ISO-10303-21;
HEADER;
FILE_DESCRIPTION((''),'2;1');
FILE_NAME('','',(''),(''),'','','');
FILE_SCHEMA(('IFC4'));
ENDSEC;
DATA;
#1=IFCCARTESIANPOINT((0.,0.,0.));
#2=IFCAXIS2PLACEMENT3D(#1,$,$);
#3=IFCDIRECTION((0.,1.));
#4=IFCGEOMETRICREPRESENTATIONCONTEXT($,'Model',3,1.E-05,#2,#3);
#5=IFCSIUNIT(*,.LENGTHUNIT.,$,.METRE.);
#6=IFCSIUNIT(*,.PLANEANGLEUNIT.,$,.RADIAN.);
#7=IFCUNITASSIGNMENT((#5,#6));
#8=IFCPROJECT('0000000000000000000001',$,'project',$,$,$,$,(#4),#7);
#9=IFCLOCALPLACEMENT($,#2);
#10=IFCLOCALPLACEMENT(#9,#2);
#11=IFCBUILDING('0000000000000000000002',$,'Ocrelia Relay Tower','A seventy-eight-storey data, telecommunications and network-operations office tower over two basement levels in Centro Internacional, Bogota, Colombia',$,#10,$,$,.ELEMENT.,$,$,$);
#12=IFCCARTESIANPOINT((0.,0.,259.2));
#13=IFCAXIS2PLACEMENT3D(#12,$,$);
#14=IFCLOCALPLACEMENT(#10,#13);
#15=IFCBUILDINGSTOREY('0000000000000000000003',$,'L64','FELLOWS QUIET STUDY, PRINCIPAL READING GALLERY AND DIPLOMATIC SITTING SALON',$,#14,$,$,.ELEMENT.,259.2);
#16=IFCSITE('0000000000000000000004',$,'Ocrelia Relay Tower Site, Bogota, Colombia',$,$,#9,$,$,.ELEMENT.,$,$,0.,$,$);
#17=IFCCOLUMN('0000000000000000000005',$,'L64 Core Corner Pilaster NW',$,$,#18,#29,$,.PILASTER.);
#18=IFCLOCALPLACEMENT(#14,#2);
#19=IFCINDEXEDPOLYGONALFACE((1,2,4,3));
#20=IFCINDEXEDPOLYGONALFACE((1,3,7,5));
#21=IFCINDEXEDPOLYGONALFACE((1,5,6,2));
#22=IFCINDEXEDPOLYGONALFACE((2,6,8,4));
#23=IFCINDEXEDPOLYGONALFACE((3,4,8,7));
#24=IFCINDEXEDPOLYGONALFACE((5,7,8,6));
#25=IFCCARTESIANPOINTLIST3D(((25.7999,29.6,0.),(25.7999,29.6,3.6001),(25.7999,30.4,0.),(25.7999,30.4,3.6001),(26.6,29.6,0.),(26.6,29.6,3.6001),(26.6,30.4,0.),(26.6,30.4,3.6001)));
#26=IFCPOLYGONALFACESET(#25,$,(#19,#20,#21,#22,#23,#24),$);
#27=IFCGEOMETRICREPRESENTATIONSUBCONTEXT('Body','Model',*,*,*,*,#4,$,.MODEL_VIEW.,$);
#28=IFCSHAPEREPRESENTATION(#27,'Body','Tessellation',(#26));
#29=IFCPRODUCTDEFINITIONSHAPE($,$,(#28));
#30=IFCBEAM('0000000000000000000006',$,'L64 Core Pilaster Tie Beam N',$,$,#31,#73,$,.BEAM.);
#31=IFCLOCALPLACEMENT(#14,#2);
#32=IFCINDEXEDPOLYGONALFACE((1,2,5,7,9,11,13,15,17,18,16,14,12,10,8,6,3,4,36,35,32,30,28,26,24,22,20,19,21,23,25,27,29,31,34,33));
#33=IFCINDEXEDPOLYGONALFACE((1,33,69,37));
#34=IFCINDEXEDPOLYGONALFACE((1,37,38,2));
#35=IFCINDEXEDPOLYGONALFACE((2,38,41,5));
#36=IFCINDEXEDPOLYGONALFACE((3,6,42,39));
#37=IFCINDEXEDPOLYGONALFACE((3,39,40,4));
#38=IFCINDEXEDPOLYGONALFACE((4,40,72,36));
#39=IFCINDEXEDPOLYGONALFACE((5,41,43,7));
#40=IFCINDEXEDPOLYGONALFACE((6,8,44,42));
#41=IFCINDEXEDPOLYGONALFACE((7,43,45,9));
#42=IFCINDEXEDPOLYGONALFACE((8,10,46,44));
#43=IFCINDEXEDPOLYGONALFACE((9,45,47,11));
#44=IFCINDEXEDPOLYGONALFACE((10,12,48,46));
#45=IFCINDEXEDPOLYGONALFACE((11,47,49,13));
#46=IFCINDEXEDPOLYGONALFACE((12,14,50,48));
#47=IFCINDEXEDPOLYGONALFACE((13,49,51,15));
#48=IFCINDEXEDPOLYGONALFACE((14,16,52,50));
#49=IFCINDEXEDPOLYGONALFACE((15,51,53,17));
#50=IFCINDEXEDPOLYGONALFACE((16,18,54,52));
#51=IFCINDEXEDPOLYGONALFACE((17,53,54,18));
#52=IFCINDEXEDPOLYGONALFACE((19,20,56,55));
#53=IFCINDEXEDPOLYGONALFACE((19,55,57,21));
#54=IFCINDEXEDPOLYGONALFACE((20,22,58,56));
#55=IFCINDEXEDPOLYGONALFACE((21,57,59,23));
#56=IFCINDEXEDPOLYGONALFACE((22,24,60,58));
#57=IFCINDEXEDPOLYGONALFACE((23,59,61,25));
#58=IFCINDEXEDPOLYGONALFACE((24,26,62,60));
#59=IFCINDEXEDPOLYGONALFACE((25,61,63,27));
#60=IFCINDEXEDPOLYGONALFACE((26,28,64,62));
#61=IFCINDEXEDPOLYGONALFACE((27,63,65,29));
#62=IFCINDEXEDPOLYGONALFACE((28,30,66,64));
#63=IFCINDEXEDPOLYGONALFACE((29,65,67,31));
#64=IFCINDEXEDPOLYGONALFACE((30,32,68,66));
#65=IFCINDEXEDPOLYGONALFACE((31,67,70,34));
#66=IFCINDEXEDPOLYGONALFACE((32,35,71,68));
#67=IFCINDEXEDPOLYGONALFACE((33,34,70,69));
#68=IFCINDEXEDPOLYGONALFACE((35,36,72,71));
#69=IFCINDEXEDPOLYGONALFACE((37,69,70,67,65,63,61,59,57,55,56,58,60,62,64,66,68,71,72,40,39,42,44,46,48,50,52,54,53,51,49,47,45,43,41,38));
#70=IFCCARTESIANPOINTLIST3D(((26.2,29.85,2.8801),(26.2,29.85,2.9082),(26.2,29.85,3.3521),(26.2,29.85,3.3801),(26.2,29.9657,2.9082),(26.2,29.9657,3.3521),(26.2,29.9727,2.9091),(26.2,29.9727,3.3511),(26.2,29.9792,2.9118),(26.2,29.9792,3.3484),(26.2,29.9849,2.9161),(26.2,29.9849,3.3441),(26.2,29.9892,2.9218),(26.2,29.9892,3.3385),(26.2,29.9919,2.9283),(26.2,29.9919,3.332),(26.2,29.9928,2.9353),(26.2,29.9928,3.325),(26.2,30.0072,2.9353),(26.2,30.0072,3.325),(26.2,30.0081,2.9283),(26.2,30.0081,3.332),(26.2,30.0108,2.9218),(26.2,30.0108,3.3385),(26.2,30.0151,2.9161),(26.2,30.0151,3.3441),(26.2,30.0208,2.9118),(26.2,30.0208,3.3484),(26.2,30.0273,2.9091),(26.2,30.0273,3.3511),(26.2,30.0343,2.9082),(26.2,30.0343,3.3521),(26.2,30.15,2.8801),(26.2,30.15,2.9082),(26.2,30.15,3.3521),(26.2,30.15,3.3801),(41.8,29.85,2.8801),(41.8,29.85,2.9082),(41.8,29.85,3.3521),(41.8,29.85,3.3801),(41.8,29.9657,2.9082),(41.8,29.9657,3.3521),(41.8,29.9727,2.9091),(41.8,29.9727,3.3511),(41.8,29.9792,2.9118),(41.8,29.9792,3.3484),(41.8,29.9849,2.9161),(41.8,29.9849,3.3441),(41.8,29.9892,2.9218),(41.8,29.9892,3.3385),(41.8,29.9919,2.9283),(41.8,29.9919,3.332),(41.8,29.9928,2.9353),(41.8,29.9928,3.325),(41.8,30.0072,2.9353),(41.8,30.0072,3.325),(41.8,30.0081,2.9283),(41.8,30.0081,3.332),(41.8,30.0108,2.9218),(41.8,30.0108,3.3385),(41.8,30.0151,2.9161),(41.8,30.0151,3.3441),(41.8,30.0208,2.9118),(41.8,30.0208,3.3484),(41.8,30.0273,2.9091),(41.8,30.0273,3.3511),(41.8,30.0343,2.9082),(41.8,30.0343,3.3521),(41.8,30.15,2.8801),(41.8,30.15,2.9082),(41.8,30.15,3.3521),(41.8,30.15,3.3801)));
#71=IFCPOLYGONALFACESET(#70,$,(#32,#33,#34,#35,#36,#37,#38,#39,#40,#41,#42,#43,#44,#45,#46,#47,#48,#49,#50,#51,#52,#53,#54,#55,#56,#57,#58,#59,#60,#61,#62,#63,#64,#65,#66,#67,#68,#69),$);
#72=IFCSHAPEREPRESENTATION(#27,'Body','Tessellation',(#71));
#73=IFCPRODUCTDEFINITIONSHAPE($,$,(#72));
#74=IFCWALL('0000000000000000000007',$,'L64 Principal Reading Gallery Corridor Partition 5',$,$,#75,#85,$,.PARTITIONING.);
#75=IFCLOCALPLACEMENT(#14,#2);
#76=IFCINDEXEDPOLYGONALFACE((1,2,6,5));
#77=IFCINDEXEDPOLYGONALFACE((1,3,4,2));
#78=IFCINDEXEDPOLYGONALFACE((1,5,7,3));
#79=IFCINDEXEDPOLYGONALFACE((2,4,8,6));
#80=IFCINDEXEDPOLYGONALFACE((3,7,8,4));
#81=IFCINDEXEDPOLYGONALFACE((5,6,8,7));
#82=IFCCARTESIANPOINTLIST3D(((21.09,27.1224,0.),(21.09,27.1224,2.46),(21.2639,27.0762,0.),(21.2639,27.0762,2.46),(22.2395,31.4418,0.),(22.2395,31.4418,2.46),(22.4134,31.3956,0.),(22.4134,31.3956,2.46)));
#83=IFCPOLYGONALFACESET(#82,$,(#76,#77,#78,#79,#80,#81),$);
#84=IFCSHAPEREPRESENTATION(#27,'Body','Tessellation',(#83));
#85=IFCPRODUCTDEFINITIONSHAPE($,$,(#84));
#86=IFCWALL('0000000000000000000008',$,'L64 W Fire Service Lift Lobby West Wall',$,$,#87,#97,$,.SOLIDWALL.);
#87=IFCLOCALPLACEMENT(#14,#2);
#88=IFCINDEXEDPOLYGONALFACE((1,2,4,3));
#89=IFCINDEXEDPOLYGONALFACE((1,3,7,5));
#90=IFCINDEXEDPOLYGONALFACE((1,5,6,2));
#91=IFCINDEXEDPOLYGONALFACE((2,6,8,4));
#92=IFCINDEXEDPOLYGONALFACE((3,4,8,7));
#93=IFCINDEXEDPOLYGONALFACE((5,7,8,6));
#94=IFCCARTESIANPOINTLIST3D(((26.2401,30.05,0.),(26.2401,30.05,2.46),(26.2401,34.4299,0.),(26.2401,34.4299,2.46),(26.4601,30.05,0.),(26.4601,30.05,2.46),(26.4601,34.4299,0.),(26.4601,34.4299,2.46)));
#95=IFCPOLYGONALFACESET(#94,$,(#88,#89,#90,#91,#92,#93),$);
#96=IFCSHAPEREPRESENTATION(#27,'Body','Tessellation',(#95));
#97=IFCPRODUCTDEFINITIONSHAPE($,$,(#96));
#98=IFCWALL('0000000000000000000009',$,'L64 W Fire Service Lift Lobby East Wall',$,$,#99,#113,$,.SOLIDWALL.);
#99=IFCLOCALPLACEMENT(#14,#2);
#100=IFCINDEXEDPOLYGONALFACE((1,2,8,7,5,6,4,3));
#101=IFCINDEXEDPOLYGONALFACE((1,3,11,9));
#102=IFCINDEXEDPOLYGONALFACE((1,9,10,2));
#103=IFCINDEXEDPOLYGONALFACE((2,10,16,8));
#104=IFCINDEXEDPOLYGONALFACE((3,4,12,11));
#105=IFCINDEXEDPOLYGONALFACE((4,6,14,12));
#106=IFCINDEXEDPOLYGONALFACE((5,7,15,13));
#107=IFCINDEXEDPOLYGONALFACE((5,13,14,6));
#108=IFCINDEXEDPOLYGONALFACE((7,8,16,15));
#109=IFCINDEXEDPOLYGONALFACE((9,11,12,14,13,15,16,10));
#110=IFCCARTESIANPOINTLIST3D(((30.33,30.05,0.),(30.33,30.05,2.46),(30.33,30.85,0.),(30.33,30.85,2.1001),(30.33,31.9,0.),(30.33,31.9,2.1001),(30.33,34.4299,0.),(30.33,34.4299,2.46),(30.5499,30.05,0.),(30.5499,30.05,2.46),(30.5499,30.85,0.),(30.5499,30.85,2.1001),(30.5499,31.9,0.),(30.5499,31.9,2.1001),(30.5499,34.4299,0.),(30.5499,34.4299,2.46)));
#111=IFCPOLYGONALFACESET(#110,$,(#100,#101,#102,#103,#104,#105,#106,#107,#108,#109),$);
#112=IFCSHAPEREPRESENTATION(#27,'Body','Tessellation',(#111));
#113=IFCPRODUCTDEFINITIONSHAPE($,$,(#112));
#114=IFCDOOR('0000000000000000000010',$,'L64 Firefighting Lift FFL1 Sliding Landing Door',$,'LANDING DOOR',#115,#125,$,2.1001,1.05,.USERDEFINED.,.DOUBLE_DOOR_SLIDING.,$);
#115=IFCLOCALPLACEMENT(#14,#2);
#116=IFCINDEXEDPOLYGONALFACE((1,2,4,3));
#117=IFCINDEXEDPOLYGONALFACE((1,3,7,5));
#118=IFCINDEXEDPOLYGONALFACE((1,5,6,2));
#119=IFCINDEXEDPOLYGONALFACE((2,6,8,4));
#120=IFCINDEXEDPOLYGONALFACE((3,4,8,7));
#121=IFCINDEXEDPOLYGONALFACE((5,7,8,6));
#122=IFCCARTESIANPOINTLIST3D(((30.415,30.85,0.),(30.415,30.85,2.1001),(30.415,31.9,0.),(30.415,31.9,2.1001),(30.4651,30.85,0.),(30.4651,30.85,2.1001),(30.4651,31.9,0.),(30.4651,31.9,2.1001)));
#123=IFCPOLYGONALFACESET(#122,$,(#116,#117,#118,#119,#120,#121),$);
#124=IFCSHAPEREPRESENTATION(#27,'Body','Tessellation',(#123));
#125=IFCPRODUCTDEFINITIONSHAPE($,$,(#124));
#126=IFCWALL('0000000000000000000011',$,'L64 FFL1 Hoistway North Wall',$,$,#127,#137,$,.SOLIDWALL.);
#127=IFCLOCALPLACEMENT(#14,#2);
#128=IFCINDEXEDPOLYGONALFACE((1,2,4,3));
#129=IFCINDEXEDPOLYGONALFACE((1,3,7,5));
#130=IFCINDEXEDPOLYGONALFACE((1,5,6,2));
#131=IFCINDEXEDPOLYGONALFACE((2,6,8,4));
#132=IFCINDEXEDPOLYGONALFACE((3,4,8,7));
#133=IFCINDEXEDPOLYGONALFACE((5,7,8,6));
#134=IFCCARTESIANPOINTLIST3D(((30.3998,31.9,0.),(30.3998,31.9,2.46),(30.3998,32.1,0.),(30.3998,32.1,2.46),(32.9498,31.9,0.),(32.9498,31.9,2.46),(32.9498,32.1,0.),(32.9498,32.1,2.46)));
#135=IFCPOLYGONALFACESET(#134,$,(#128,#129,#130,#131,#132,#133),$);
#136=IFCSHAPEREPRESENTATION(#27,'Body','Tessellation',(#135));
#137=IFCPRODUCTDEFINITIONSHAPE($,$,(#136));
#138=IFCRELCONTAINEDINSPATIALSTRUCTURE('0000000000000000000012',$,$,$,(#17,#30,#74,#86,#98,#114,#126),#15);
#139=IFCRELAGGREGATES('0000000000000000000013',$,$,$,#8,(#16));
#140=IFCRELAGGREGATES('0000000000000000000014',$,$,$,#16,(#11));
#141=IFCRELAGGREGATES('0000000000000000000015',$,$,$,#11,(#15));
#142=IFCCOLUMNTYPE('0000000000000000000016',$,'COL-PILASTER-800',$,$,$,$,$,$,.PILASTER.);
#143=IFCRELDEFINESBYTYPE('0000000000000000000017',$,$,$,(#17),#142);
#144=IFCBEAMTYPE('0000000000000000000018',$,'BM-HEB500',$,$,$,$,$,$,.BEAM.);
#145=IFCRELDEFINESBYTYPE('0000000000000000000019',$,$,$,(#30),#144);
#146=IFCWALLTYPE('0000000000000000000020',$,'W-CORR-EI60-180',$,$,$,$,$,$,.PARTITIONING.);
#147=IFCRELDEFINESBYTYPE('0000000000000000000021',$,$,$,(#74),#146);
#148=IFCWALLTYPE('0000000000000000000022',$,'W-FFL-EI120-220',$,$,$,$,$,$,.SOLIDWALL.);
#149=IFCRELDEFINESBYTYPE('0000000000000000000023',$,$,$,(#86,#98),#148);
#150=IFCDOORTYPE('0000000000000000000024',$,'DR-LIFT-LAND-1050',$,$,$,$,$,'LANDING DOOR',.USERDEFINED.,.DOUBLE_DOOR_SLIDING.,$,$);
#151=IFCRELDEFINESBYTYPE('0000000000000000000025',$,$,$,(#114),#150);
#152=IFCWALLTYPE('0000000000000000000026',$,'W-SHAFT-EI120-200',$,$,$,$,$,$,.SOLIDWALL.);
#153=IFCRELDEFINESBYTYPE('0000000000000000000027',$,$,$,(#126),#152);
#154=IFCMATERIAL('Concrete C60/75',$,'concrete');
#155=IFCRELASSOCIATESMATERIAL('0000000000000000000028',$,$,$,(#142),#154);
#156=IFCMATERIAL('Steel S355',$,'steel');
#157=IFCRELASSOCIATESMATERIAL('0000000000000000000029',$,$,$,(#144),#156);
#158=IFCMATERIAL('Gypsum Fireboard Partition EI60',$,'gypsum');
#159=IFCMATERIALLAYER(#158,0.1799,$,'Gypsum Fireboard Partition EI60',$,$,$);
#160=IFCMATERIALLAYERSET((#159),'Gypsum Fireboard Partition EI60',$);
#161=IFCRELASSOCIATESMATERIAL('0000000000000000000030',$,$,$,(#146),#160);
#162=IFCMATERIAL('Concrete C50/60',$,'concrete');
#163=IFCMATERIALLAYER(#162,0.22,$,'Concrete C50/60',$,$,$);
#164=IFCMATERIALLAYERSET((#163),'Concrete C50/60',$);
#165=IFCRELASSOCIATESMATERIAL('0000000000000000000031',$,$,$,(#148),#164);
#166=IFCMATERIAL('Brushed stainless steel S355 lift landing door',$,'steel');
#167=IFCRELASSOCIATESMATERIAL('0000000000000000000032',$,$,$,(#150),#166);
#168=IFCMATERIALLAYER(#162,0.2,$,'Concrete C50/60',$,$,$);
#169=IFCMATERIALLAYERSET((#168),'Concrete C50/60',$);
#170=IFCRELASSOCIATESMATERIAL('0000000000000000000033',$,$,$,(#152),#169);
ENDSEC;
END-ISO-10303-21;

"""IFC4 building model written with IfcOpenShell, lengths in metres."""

from ifc_helpers import new_model, si_unit, direction, frame, frame_2d, origin, origin_2d, place, context, subcontext, project, spatial, rectangle, i_section, extrude, material, layer, layer_set, material_profile, profile_set, type_object, element, fill, save


model = new_model("IFC4")

# Units and contexts
model_context = context("Model", 3, precision=1e-05, world=origin(), true_north=direction((0.0, 1.0)))
body_context = subcontext(model_context, "Body", "Model", "MODEL_VIEW")
ifc_project = project(units=[si_unit("LENGTHUNIT", "METRE"), si_unit("PLANEANGLEUNIT", "RADIAN")], contexts=[model_context])

# Site, building, storey
site_placement = place(None, origin())
site = spatial("IfcSite", under=ifc_project, at=site_placement, Name="Ocrelia Relay Tower Site, Bogota, Colombia", CompositionType="ELEMENT", RefElevation=0.0)
building_placement = place(site_placement, origin())
building = spatial("IfcBuilding", under=site, at=building_placement, Name="Ocrelia Relay Tower", Description="A seventy-eight-storey data, telecommunications and network-operations office tower over two basement levels in Centro Internacional, Bogota, Colombia", CompositionType="ELEMENT")
storey_placement = place(building_placement, frame((0.0, 0.0, 259.2)))
storey = spatial("IfcBuildingStorey", under=building, at=storey_placement, Name="L64", Description="FELLOWS QUIET STUDY, PRINCIPAL READING GALLERY AND DIPLOMATIC SITTING SALON", CompositionType="ELEMENT", Elevation=259.2)

# Column
ifc_material_1 = material(Name="Concrete C60/75", Category="concrete")
ifc_material_profile_1 = material_profile(ifc_material_1, rectangle(XDim=0.8, YDim=0.8, at=origin_2d()), Name="RC-COL-800x800")
ifc_profile_set_1 = profile_set([ifc_material_profile_1], Name="Concrete C60/75")
column_type = type_object("IfcColumnType", Name="COL-PILASTER-800", PredefinedType="PILASTER", material=ifc_profile_set_1)
column_placement = place(storey_placement, frame((26.2, 30.0, 0.0), z_axis=(0.0, 0.0, 1.0), x_axis=(1.0, 0.0, 0.0)))
element("IfcColumn", 1, at=column_placement, inside=storey, type_object=column_type, Name="L64 Core Corner Pilaster NW", PredefinedType="PILASTER", context=body_context, shape_type="SweptSolid", body=[
    extrude(rectangle(XDim=0.8, YDim=0.8, at=origin_2d()), origin(), (0.0, 0.0, 1.0), 3.6001),
])

# Beam
ifc_material_2 = material(Name="Steel S355", Category="steel")
ifc_material_profile_2 = material_profile(ifc_material_2, i_section(OverallWidth=0.3, OverallDepth=0.5, WebThickness=0.0144, FlangeThickness=0.0281, FilletRadius=0.0271, at=origin_2d()), Name="HEB 500")
ifc_profile_set_2 = profile_set([ifc_material_profile_2], Name="Steel S355")
beam_type = type_object("IfcBeamType", Name="BM-HEB500", PredefinedType="BEAM", material=ifc_profile_set_2)
beam_placement = place(storey_placement, frame((26.2, 30.0, 3.1301), z_axis=(1.0, 0.0, 0.0), x_axis=(0.0, 1.0, 0.0)))
element("IfcBeam", 2, at=beam_placement, inside=storey, type_object=beam_type, Name="L64 Core Pilaster Tie Beam N", PredefinedType="BEAM", context=body_context, shape_type="SweptSolid", body=[
    extrude(i_section(OverallWidth=0.3, OverallDepth=0.5, WebThickness=0.0144, FlangeThickness=0.0281, FilletRadius=0.0271, at=origin_2d()), origin(), (0.0, 0.0, 1.0), 15.6001),
])

# Shared definitions
ifc_material_3 = material(Name="Concrete C50/60", Category="concrete")
ifc_material_4 = material(Name="Gypsum Fireboard Partition EI60", Category="gypsum")
ifc_layer_1 = layer(ifc_material_4, 0.1799, Name="Gypsum Fireboard Partition EI60")
ifc_layer_set_1 = layer_set([ifc_layer_1], Name="Gypsum Fireboard Partition EI60")
wall_type_1 = type_object("IfcWallType", Name="W-CORR-EI60-180", PredefinedType="PARTITIONING", material=ifc_layer_set_1)

# Wall
wall_1_placement = place(storey_placement, frame((22.3264, 31.4187, 0.0), z_axis=(0.0, 0.0, 1.0), x_axis=(-0.257159, -0.966369, 0.0)))
element("IfcWall", 3, at=wall_1_placement, inside=storey, type_object=wall_type_1, Name="L64 Principal Reading Gallery Corridor Partition 5", PredefinedType="PARTITIONING", context=body_context, shape_type="SweptSolid", body=[
    extrude(rectangle(XDim=4.4697, YDim=0.1799, at=frame_2d((2.2349, 0.0))), origin(), (0.0, 0.0, 1.0), 2.46),
])

# Wall
ifc_layer_2 = layer(ifc_material_3, 0.22, Name="Concrete C50/60")
ifc_layer_set_2 = layer_set([ifc_layer_2], Name="Concrete C50/60")
wall_type_2 = type_object("IfcWallType", Name="W-FFL-EI120-220", PredefinedType="SOLIDWALL", material=ifc_layer_set_2)
wall_2_placement = place(storey_placement, frame((26.3501, 30.05, 0.0), z_axis=(0.0, 0.0, 1.0), x_axis=(0.0, 1.0, 0.0)))
element("IfcWall", 4, at=wall_2_placement, inside=storey, type_object=wall_type_2, Name="L64 W Fire Service Lift Lobby West Wall", PredefinedType="SOLIDWALL", context=body_context, shape_type="SweptSolid", body=[
    extrude(rectangle(XDim=4.3799, YDim=0.22, at=frame_2d((2.1899, 0.0))), origin(), (0.0, 0.0, 1.0), 2.46),
])

# Wall, opening, door
wall_3_placement = place(storey_placement, frame((30.4399, 30.05, 0.0), z_axis=(0.0, 0.0, 1.0), x_axis=(0.0, 1.0, 0.0)))
wall_3 = element("IfcWall", 5, at=wall_3_placement, inside=storey, type_object=wall_type_2, Name="L64 W Fire Service Lift Lobby East Wall", PredefinedType="SOLIDWALL", context=body_context, shape_type="SweptSolid", body=[
    extrude(rectangle(XDim=4.3799, YDim=0.22, at=frame_2d((2.1899, 0.0))), origin(), (0.0, 0.0, 1.0), 2.46),
])
opening_1_placement = place(wall_3_placement, frame((0.8, 0.0, 0.0)))
opening_1 = element("IfcOpeningElement", 6, at=opening_1_placement, cuts=wall_3, PredefinedType="OPENING", context=body_context, shape_type="SweptSolid", body=[
    extrude(rectangle(XDim=1.05, YDim=2.1001, at=frame_2d((0.5249, 1.05))), frame((0.0, 0.1201, 0.0), z_axis=(0.0, -1.0, 0.0), x_axis=(1.0, 0.0, 0.0)), (0.0, 0.0, 1.0), 0.24),
])
ifc_material_5 = material(Name="Brushed stainless steel S355 lift landing door", Category="steel")
door_type_1 = type_object("IfcDoorType", Name="DR-LIFT-LAND-1050", ElementType="LANDING DOOR", OperationType="DOUBLE_DOOR_SLIDING", PredefinedType="USERDEFINED", material=ifc_material_5)
door_1_placement = place(opening_1_placement, origin())
door_1 = element("IfcDoor", 7, at=door_1_placement, inside=storey, type_object=door_type_1, Name="L64 Firefighting Lift FFL1 Sliding Landing Door", ObjectType="LANDING DOOR", OperationType="DOUBLE_DOOR_SLIDING", OverallHeight=2.1001, OverallWidth=1.05, PredefinedType="USERDEFINED", context=body_context, shape_type="SweptSolid", body=[
    extrude(rectangle(XDim=1.05, YDim=2.1001, at=frame_2d((0.5249, 1.05))), frame((0.0, 0.0249, 0.0), z_axis=(0.0, -1.0, 0.0), x_axis=(1.0, 0.0, 0.0)), (0.0, 0.0, 1.0), 0.05),
])
fill(opening_1, door_1)

# Wall
ifc_layer_3 = layer(ifc_material_3, 0.2, Name="Concrete C50/60")
ifc_layer_set_3 = layer_set([ifc_layer_3], Name="Concrete C50/60")
wall_type_3 = type_object("IfcWallType", Name="W-SHAFT-EI120-200", PredefinedType="SOLIDWALL", material=ifc_layer_set_3)
wall_4_placement = place(storey_placement, frame((30.3999, 32.0, 0.0), z_axis=(0.0, 0.0, 1.0), x_axis=(1.0, 0.0, 0.0)))
element("IfcWall", 8, at=wall_4_placement, inside=storey, type_object=wall_type_3, Name="L64 FFL1 Hoistway North Wall", PredefinedType="SOLIDWALL", context=body_context, shape_type="SweptSolid", body=[
    extrude(rectangle(XDim=2.55, YDim=0.2, at=frame_2d((1.2749, 0.0))), origin(), (0.0, 0.0, 1.0), 2.46),
])

save(model, "model.ifc")
